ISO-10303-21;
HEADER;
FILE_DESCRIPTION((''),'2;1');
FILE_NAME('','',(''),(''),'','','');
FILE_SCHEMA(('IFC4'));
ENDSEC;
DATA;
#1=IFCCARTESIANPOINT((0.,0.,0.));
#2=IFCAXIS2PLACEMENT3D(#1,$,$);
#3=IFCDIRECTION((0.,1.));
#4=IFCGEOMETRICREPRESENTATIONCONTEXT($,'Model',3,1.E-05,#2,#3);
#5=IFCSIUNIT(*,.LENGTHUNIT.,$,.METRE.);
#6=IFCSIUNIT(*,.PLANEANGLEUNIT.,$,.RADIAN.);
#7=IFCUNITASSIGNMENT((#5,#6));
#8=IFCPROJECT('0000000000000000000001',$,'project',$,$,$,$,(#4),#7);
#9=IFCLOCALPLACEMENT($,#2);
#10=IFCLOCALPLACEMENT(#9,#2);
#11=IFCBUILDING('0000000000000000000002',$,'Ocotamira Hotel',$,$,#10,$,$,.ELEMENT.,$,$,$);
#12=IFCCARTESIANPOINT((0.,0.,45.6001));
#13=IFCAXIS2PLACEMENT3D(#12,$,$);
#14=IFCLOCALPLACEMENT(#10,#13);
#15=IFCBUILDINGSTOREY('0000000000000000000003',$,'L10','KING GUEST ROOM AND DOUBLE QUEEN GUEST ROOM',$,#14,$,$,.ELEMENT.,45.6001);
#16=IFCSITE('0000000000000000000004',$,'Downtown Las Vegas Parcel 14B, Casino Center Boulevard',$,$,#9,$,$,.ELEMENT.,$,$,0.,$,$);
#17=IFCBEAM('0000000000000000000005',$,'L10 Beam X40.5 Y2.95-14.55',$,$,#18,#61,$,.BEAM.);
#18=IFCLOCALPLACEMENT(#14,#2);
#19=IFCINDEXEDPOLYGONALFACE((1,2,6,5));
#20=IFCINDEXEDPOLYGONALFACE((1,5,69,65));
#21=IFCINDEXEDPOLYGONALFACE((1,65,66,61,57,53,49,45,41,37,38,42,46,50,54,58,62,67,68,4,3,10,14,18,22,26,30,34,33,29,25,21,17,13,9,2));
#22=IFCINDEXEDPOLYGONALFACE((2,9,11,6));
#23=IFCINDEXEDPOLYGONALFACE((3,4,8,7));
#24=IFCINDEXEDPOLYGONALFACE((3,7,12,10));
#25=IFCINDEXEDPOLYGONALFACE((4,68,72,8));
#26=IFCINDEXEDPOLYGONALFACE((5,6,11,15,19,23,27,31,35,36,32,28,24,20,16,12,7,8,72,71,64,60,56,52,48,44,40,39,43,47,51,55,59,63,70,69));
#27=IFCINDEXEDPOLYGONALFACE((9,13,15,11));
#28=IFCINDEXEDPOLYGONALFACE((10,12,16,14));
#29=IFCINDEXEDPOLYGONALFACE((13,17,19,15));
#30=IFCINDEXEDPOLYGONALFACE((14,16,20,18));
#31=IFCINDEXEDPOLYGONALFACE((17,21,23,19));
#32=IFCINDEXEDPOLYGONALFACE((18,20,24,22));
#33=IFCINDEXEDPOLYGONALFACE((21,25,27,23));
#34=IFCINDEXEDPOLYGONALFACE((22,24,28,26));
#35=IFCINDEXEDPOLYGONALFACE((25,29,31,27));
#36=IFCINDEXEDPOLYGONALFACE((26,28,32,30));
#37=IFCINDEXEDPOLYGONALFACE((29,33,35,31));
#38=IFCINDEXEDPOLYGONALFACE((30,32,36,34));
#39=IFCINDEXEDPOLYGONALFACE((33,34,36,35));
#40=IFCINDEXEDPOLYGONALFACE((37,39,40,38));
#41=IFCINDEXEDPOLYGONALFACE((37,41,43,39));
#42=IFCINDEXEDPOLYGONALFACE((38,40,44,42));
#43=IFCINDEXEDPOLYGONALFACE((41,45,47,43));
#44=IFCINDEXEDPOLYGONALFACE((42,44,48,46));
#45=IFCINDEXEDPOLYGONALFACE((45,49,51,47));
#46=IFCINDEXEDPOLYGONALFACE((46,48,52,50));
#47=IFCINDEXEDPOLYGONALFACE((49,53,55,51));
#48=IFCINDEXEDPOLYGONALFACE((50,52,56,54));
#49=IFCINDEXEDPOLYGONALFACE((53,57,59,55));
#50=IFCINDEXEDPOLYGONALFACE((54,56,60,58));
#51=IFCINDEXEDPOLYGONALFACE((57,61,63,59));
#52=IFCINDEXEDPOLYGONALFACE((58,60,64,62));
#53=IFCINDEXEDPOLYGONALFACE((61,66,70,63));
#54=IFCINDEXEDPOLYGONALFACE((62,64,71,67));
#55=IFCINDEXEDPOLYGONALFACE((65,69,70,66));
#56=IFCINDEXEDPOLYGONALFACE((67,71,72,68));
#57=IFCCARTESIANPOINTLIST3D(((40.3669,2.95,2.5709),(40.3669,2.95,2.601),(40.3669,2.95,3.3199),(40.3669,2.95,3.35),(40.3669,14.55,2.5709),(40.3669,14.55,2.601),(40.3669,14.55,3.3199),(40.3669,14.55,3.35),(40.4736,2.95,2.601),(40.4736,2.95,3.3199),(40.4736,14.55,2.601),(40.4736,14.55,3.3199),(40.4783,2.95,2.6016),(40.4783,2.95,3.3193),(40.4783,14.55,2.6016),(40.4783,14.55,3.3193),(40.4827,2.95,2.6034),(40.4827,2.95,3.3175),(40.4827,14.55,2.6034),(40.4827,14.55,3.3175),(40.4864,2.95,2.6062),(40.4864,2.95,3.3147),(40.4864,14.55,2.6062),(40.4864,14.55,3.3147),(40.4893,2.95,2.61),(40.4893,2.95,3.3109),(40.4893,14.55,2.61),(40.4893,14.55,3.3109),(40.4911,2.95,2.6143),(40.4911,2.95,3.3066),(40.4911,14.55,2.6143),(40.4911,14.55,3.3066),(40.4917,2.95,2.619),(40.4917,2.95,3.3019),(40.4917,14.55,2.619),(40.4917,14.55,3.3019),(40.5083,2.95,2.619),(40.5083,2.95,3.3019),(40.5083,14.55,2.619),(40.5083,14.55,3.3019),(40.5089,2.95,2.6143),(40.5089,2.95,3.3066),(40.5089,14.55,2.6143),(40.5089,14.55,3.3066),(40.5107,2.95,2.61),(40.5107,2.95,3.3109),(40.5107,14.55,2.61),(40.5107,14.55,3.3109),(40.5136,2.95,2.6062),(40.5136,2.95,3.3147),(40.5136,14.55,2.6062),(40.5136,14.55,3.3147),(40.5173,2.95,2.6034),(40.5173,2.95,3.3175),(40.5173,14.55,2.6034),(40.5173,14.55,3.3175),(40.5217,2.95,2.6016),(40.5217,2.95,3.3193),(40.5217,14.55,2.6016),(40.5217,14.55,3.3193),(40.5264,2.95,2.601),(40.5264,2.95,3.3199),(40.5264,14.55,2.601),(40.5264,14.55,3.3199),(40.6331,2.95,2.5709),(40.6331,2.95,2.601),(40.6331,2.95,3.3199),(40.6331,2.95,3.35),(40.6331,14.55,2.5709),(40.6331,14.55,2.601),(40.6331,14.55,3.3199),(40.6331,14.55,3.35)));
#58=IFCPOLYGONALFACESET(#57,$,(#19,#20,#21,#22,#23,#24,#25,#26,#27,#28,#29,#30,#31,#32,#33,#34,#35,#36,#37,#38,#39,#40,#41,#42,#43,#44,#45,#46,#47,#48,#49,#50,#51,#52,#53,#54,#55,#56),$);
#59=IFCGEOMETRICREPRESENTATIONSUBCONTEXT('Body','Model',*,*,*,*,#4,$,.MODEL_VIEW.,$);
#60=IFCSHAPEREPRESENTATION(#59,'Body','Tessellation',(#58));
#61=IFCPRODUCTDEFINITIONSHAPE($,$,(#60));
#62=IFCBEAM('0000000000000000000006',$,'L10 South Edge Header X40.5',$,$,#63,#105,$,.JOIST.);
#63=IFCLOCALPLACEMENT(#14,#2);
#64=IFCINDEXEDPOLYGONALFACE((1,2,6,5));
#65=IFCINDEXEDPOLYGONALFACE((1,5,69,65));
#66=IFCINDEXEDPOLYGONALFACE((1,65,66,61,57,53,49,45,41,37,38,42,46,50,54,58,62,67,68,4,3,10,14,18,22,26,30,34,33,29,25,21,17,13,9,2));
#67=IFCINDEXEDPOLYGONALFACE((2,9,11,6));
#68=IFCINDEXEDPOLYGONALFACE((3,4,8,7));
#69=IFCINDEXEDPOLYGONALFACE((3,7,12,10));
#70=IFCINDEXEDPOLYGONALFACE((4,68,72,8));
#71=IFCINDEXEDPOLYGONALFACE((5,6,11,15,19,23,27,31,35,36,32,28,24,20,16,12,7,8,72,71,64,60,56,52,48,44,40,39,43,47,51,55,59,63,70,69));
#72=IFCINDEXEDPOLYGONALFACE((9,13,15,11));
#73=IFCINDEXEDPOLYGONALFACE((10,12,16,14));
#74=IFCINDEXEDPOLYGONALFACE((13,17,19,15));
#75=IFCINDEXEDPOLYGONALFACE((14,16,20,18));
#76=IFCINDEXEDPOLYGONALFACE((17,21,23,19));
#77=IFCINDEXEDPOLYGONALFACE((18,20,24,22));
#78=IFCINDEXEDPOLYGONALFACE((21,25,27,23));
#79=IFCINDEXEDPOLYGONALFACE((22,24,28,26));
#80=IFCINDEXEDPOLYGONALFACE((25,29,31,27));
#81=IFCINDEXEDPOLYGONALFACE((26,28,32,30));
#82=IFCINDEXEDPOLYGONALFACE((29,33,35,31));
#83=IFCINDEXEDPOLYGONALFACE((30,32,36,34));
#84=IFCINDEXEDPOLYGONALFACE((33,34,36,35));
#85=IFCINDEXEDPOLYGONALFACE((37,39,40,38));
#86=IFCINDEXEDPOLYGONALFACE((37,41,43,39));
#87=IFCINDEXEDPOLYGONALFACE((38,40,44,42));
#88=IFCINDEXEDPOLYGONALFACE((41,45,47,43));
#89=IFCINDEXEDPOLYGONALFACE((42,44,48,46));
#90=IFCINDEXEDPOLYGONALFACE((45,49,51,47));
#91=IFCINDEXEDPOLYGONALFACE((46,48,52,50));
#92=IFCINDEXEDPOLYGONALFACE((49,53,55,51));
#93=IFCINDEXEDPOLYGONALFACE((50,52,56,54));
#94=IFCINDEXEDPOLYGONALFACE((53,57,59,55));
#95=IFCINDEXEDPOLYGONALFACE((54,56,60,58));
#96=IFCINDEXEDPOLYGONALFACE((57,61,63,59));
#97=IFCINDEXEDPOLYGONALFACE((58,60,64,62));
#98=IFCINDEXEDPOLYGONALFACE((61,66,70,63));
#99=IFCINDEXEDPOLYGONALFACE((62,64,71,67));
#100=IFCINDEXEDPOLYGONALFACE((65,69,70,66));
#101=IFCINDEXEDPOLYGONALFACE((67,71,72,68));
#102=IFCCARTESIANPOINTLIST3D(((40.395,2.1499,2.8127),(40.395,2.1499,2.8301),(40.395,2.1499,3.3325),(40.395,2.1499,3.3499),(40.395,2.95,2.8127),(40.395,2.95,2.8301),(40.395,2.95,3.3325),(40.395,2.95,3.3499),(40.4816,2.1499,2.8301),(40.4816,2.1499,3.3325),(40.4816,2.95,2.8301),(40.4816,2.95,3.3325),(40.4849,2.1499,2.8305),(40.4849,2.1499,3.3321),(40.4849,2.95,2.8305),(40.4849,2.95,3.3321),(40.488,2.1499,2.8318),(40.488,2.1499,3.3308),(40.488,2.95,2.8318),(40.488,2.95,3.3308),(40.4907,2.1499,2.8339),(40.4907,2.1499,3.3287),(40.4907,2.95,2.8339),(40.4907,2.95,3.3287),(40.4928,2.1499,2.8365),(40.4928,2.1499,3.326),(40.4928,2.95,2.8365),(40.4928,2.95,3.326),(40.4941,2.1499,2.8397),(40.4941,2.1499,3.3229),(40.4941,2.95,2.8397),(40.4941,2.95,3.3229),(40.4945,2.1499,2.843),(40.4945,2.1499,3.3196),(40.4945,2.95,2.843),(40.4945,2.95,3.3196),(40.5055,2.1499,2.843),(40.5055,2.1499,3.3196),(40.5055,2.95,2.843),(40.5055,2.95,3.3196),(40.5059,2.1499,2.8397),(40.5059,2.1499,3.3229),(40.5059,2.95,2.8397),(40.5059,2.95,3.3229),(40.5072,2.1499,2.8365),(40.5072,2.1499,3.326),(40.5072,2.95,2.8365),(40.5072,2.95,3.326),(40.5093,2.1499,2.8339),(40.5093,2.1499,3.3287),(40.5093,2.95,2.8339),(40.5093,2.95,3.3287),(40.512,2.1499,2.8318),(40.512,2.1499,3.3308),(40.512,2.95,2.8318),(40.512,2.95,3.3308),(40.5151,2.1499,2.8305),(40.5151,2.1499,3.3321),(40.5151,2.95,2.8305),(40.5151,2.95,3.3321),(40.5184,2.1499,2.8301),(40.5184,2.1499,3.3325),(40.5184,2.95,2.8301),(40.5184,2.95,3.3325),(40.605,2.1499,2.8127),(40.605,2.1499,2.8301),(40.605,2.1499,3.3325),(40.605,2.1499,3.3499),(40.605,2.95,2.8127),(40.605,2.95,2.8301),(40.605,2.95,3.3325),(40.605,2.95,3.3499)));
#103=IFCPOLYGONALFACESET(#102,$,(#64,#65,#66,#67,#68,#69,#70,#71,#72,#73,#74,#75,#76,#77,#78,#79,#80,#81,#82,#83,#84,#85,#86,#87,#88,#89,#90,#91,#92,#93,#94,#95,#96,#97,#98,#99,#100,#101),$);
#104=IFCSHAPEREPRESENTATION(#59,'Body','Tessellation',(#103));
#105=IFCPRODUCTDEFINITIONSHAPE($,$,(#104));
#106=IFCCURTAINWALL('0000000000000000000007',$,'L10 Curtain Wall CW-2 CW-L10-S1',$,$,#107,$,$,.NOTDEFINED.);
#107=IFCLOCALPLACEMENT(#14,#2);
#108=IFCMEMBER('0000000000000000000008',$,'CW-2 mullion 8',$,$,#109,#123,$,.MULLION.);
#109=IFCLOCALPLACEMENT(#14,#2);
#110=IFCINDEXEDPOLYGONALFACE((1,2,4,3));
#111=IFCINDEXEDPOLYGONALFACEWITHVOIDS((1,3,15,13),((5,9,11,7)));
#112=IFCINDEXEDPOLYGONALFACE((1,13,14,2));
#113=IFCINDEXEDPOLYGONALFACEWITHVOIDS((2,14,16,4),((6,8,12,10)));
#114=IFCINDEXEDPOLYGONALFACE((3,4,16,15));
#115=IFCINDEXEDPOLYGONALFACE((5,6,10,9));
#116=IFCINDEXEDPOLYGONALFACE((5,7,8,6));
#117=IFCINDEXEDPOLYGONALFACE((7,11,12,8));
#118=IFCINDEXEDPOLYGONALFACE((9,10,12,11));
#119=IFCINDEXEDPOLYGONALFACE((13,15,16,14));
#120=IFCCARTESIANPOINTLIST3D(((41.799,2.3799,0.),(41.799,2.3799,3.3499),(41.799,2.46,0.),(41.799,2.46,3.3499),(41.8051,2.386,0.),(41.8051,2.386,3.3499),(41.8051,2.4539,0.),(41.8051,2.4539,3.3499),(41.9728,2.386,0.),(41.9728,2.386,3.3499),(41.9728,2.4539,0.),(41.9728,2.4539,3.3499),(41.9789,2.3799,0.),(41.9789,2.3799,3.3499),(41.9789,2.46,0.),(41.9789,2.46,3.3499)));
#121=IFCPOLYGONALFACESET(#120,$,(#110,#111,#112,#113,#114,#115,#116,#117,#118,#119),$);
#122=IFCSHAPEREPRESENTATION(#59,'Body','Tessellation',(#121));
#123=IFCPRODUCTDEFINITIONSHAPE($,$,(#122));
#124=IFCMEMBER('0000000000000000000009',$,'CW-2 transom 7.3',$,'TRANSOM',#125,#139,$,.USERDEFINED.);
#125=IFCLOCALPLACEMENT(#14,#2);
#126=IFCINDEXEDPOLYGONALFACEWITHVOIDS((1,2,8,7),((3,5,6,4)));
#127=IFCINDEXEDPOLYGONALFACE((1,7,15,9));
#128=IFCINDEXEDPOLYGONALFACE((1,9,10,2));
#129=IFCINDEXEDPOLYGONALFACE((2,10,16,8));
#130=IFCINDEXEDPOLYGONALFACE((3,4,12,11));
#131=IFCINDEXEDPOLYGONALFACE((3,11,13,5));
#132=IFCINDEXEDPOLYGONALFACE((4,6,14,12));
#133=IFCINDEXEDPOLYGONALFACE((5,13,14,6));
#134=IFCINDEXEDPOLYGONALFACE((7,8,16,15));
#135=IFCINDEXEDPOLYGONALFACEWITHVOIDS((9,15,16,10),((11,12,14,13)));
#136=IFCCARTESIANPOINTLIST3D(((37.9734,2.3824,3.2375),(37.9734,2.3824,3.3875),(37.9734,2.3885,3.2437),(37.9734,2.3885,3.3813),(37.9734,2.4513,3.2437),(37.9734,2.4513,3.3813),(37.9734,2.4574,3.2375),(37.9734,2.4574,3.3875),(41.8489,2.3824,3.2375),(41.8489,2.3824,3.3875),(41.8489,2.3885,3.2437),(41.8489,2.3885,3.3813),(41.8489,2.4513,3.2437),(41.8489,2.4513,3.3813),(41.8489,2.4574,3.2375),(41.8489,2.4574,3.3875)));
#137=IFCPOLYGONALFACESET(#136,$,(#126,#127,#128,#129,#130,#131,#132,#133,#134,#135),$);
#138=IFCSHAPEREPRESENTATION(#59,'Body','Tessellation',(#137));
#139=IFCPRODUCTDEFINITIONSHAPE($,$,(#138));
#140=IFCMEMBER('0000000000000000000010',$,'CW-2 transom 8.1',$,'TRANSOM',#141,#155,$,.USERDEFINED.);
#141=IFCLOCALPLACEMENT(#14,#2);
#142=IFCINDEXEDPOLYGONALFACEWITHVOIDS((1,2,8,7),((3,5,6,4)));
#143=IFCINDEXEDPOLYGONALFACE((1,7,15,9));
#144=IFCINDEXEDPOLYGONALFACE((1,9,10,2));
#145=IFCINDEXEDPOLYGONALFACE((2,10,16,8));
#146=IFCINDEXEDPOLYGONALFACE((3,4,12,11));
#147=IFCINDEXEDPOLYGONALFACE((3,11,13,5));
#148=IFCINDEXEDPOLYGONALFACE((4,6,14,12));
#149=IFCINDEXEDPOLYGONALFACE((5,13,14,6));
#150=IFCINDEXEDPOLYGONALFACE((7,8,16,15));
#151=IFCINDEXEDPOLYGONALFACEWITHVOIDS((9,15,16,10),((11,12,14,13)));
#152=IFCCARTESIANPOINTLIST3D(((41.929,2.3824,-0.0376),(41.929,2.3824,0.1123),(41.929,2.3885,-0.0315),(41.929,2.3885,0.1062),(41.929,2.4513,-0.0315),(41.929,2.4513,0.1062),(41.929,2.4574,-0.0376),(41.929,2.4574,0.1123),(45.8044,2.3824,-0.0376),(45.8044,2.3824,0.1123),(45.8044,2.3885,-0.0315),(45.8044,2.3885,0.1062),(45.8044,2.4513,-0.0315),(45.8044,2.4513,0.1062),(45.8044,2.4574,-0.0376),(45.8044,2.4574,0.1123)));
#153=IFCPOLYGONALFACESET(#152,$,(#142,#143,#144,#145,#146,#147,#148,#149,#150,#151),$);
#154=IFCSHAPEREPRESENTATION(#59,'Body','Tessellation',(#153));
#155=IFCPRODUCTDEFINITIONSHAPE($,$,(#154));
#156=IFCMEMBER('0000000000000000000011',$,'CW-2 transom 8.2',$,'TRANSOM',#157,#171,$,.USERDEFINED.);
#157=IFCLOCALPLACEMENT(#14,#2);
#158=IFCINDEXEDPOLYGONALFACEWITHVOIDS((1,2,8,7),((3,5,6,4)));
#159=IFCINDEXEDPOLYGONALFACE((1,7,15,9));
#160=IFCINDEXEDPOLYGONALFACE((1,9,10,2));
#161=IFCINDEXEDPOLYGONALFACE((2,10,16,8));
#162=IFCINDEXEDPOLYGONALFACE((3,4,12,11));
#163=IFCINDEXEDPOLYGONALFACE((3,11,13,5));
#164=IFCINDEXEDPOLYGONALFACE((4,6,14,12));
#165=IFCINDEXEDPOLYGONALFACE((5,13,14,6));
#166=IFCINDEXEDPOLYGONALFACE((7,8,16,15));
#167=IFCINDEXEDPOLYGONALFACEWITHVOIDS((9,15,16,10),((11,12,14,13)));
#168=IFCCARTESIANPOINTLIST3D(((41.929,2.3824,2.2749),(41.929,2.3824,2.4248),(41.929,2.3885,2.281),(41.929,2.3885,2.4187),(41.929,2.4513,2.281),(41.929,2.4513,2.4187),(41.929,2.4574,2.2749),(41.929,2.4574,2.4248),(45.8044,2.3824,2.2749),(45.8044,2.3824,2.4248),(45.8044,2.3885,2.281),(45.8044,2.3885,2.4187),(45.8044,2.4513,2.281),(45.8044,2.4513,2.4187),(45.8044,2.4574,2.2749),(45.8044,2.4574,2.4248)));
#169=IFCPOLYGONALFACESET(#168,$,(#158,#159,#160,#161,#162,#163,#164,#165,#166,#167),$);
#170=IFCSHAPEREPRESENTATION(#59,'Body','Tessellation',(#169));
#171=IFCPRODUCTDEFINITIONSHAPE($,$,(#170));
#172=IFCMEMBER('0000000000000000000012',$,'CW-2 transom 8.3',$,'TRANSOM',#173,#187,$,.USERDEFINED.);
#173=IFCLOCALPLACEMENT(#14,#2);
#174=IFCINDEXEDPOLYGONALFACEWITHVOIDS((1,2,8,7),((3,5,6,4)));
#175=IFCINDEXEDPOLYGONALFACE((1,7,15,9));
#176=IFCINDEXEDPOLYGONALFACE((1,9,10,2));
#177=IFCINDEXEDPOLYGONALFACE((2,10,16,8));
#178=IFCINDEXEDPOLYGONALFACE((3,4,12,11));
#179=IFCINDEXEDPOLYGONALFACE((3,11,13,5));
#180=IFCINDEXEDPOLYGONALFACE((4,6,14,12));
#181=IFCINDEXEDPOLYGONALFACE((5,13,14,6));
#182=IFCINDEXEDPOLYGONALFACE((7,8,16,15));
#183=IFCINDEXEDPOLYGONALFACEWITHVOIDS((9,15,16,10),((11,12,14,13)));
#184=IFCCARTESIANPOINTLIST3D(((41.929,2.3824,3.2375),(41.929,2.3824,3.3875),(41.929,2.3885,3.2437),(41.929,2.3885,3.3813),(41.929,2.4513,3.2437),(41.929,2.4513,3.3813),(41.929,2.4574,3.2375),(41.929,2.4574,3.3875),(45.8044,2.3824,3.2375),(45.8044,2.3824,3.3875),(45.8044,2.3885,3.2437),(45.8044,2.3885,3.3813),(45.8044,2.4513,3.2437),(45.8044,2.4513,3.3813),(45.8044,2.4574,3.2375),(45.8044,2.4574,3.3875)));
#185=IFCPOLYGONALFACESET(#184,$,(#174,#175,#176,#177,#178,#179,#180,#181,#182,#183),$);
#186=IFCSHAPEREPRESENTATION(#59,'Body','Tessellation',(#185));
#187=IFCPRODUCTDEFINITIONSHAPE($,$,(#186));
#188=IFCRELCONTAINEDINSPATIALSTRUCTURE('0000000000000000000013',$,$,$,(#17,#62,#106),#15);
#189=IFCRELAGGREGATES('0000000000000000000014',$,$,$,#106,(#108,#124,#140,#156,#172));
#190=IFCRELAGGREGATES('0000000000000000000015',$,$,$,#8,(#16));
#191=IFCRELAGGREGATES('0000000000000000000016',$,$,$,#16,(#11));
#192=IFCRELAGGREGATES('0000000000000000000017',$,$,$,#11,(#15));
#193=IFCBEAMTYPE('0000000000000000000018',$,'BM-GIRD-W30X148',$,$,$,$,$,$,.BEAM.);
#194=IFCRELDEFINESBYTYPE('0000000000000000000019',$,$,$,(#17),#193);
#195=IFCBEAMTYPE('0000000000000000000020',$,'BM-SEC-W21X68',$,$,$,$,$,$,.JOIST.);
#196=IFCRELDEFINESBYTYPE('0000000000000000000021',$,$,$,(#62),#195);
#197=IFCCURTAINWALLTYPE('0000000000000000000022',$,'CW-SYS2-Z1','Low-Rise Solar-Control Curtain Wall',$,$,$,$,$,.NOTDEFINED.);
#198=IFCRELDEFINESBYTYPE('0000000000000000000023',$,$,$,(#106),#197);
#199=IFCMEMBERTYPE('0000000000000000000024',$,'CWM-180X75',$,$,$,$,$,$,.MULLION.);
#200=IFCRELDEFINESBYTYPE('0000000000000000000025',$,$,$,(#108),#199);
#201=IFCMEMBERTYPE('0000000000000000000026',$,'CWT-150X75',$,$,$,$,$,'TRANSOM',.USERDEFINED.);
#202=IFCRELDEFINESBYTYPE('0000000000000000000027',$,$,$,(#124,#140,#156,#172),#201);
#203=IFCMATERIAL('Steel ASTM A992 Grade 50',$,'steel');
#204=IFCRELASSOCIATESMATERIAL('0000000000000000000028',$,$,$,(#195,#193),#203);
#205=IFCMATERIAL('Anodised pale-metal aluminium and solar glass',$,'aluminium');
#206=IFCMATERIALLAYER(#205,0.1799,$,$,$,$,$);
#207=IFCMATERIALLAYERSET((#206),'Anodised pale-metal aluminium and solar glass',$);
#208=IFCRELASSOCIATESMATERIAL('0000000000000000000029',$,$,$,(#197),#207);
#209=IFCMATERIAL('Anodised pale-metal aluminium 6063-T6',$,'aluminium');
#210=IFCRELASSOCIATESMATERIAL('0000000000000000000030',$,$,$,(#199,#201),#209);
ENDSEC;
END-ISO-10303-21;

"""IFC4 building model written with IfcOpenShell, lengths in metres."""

from ifc_helpers import new_model, si_unit, direction, frame, origin, origin_2d, place, context, subcontext, project, spatial, hollow_rectangle, i_section, extrude, source, transform, mapped, material, layer, layer_set, material_profile, profile_set, type_object, element, aggregate, save


model = new_model("IFC4")

# Units and contexts
model_context = context("Model", 3, precision=1e-05, world=origin(), true_north=direction((0.0, 1.0)))
body_context = subcontext(model_context, "Body", "Model", "MODEL_VIEW")
ifc_project = project(units=[si_unit("LENGTHUNIT", "METRE"), si_unit("PLANEANGLEUNIT", "RADIAN")], contexts=[model_context])

# Site, building, storey
site_placement = place(None, origin())
site = spatial("IfcSite", under=ifc_project, at=site_placement, Name="Downtown Las Vegas Parcel 14B, Casino Center Boulevard", CompositionType="ELEMENT", RefElevation=0.0)
building_placement = place(site_placement, origin())
building = spatial("IfcBuilding", under=site, at=building_placement, Name="Ocotamira Hotel", CompositionType="ELEMENT")
storey_placement = place(building_placement, frame((0.0, 0.0, 45.6001)))
storey = spatial("IfcBuildingStorey", under=building, at=storey_placement, Name="L10", Description="KING GUEST ROOM AND DOUBLE QUEEN GUEST ROOM", CompositionType="ELEMENT", Elevation=45.6001)

# Beams
ifc_material_1 = material(Name="Steel ASTM A992 Grade 50", Category="steel")
ifc_material_profile_1 = material_profile(ifc_material_1, i_section(OverallWidth=0.21, OverallDepth=0.5371, WebThickness=0.011, FlangeThickness=0.0173, FilletRadius=0.0129, at=origin_2d()), Name="W21X68")
ifc_profile_set_1 = profile_set([ifc_material_profile_1], Name="Steel ASTM A992 Grade 50")
beam_type_1 = type_object("IfcBeamType", Name="BM-SEC-W21X68", PredefinedType="JOIST", material=ifc_profile_set_1)
ifc_material_profile_2 = material_profile(ifc_material_1, i_section(OverallWidth=0.2661, OverallDepth=0.7791, WebThickness=0.0166, FlangeThickness=0.03, FilletRadius=0.0181, at=origin_2d()), Name="W30X148")
ifc_profile_set_2 = profile_set([ifc_material_profile_2], Name="Steel ASTM A992 Grade 50")
beam_type_2 = type_object("IfcBeamType", Name="BM-GIRD-W30X148", PredefinedType="BEAM", material=ifc_profile_set_2)
shared_shape_1 = source(origin(), body_context, "Body", "SweptSolid", [
    extrude(i_section(OverallWidth=0.2661, OverallDepth=0.7791, WebThickness=0.0166, FlangeThickness=0.03, FilletRadius=0.0181, at=origin_2d()), origin(), (0.0, 0.0, 1.0), 11.6001),
])
beam_1_placement = place(storey_placement, frame((40.5, 2.95, 2.9604), z_axis=(0.0, 1.0, 0.0), x_axis=(-1.0, 0.0, 0.0)))
element("IfcBeam", 1, at=beam_1_placement, inside=storey, type_object=beam_type_2, Name="L10 Beam X40.5 Y2.95-14.55", PredefinedType="BEAM", context=body_context, shape_type="MappedRepresentation", body=[
    mapped(shared_shape_1, transform((0.0, 0.0, 0.0), scale=1.0)),
])
shared_shape_2 = source(origin(), body_context, "Body", "SweptSolid", [
    extrude(i_section(OverallWidth=0.21, OverallDepth=0.5371, WebThickness=0.011, FlangeThickness=0.0173, FilletRadius=0.0129, at=origin_2d()), origin(), (0.0, 0.0, 1.0), 0.8),
])
beam_2_placement = place(storey_placement, frame((40.5, 2.95, 3.0813), z_axis=(0.0, -1.0, 0.0), x_axis=(1.0, 0.0, 0.0)))
element("IfcBeam", 2, at=beam_2_placement, inside=storey, type_object=beam_type_1, Name="L10 South Edge Header X40.5", PredefinedType="JOIST", context=body_context, shape_type="MappedRepresentation", body=[
    mapped(shared_shape_2, transform((0.0, 0.0, 0.0), scale=1.0)),
])

# Curtain wall, members
ifc_material_2 = material(Name="Anodised pale-metal aluminium and solar glass", Category="aluminium")
ifc_layer_1 = layer(ifc_material_2, 0.1799)
ifc_layer_set_1 = layer_set([ifc_layer_1], Name="Anodised pale-metal aluminium and solar glass")
curtain_wall_type = type_object("IfcCurtainWallType", Name="CW-SYS2-Z1", Description="Low-Rise Solar-Control Curtain Wall", PredefinedType="NOTDEFINED", material=ifc_layer_set_1)
curtain_wall_placement = place(storey_placement, origin())
curtain_wall = element("IfcCurtainWall", 3, at=curtain_wall_placement, inside=storey, type_object=curtain_wall_type, Name="L10 Curtain Wall CW-2 CW-L10-S1", PredefinedType="NOTDEFINED")
ifc_material_3 = material(Name="Anodised pale-metal aluminium 6063-T6", Category="aluminium")
ifc_material_profile_3 = material_profile(ifc_material_3, hollow_rectangle(XDim=0.0801, YDim=0.1799, WallThickness=0.0061, at=origin_2d()), Name="HSS180X80X6")
ifc_profile_set_3 = profile_set([ifc_material_profile_3], Name="Anodised pale-metal aluminium 6063-T6")
member_type_1 = type_object("IfcMemberType", Name="CWM-180X75", PredefinedType="MULLION", material=ifc_profile_set_3)
shared_shape_3 = source(origin(), body_context, "Body", "SweptSolid", [
    extrude(hollow_rectangle(XDim=0.0801, YDim=0.1799, WallThickness=0.0061, at=origin_2d()), origin(), (0.0, 0.0, 1.0), 3.3499),
])
member_1_placement = place(storey_placement, frame((41.8889, 2.4199, 0.0), z_axis=(0.0, 0.0, 1.0), x_axis=(0.0, 1.0, 0.0)))
member_1 = element("IfcMember", 4, at=member_1_placement, type_object=member_type_1, Name="CW-2 mullion 8", PredefinedType="MULLION", context=body_context, shape_type="MappedRepresentation", body=[
    mapped(shared_shape_3, transform((0.0, 0.0, 0.0), scale=1.0)),
])
ifc_material_profile_4 = material_profile(ifc_material_3, hollow_rectangle(XDim=0.075, YDim=0.1499, WallThickness=0.0061, at=origin_2d()), Name="HSS150X75X6")
ifc_profile_set_4 = profile_set([ifc_material_profile_4], Name="Anodised pale-metal aluminium 6063-T6")
member_type_2 = type_object("IfcMemberType", Name="CWT-150X75", ElementType="TRANSOM", PredefinedType="USERDEFINED", material=ifc_profile_set_4)
shared_shape_4 = source(origin(), body_context, "Body", "SweptSolid", [
    extrude(hollow_rectangle(XDim=0.075, YDim=0.1499, WallThickness=0.0061, at=origin_2d()), origin(), (0.0, 0.0, 1.0), 3.8755),
])
member_2_placement = place(storey_placement, frame((37.9734, 2.4199, 3.3125), z_axis=(1.0, 0.0, 0.0), x_axis=(0.0, 1.0, 0.0)))
member_2 = element("IfcMember", 5, at=member_2_placement, type_object=member_type_2, Name="CW-2 transom 7.3", ObjectType="TRANSOM", PredefinedType="USERDEFINED", context=body_context, shape_type="MappedRepresentation", body=[
    mapped(shared_shape_4, transform((0.0, 0.0, 0.0), scale=1.0)),
])
member_3_placement = place(storey_placement, frame((41.929, 2.4199, 0.0374), z_axis=(1.0, 0.0, 0.0), x_axis=(0.0, 1.0, 0.0)))
member_3 = element("IfcMember", 6, at=member_3_placement, type_object=member_type_2, Name="CW-2 transom 8.1", ObjectType="TRANSOM", PredefinedType="USERDEFINED", context=body_context, shape_type="MappedRepresentation", body=[
    mapped(shared_shape_4, transform((0.0, 0.0, 0.0), scale=1.0)),
])
member_4_placement = place(storey_placement, frame((41.929, 2.4199, 2.3499), z_axis=(1.0, 0.0, 0.0), x_axis=(0.0, 1.0, 0.0)))
member_4 = element("IfcMember", 7, at=member_4_placement, type_object=member_type_2, Name="CW-2 transom 8.2", ObjectType="TRANSOM", PredefinedType="USERDEFINED", context=body_context, shape_type="MappedRepresentation", body=[
    mapped(shared_shape_4, transform((0.0, 0.0, 0.0), scale=1.0)),
])
member_5_placement = place(storey_placement, frame((41.929, 2.4199, 3.3125), z_axis=(1.0, 0.0, 0.0), x_axis=(0.0, 1.0, 0.0)))
member_5 = element("IfcMember", 8, at=member_5_placement, type_object=member_type_2, Name="CW-2 transom 8.3", ObjectType="TRANSOM", PredefinedType="USERDEFINED", context=body_context, shape_type="MappedRepresentation", body=[
    mapped(shared_shape_4, transform((0.0, 0.0, 0.0), scale=1.0)),
])
aggregate(curtain_wall, [member_1, member_2, member_3, member_4, member_5])

save(model, "model.ifc")
